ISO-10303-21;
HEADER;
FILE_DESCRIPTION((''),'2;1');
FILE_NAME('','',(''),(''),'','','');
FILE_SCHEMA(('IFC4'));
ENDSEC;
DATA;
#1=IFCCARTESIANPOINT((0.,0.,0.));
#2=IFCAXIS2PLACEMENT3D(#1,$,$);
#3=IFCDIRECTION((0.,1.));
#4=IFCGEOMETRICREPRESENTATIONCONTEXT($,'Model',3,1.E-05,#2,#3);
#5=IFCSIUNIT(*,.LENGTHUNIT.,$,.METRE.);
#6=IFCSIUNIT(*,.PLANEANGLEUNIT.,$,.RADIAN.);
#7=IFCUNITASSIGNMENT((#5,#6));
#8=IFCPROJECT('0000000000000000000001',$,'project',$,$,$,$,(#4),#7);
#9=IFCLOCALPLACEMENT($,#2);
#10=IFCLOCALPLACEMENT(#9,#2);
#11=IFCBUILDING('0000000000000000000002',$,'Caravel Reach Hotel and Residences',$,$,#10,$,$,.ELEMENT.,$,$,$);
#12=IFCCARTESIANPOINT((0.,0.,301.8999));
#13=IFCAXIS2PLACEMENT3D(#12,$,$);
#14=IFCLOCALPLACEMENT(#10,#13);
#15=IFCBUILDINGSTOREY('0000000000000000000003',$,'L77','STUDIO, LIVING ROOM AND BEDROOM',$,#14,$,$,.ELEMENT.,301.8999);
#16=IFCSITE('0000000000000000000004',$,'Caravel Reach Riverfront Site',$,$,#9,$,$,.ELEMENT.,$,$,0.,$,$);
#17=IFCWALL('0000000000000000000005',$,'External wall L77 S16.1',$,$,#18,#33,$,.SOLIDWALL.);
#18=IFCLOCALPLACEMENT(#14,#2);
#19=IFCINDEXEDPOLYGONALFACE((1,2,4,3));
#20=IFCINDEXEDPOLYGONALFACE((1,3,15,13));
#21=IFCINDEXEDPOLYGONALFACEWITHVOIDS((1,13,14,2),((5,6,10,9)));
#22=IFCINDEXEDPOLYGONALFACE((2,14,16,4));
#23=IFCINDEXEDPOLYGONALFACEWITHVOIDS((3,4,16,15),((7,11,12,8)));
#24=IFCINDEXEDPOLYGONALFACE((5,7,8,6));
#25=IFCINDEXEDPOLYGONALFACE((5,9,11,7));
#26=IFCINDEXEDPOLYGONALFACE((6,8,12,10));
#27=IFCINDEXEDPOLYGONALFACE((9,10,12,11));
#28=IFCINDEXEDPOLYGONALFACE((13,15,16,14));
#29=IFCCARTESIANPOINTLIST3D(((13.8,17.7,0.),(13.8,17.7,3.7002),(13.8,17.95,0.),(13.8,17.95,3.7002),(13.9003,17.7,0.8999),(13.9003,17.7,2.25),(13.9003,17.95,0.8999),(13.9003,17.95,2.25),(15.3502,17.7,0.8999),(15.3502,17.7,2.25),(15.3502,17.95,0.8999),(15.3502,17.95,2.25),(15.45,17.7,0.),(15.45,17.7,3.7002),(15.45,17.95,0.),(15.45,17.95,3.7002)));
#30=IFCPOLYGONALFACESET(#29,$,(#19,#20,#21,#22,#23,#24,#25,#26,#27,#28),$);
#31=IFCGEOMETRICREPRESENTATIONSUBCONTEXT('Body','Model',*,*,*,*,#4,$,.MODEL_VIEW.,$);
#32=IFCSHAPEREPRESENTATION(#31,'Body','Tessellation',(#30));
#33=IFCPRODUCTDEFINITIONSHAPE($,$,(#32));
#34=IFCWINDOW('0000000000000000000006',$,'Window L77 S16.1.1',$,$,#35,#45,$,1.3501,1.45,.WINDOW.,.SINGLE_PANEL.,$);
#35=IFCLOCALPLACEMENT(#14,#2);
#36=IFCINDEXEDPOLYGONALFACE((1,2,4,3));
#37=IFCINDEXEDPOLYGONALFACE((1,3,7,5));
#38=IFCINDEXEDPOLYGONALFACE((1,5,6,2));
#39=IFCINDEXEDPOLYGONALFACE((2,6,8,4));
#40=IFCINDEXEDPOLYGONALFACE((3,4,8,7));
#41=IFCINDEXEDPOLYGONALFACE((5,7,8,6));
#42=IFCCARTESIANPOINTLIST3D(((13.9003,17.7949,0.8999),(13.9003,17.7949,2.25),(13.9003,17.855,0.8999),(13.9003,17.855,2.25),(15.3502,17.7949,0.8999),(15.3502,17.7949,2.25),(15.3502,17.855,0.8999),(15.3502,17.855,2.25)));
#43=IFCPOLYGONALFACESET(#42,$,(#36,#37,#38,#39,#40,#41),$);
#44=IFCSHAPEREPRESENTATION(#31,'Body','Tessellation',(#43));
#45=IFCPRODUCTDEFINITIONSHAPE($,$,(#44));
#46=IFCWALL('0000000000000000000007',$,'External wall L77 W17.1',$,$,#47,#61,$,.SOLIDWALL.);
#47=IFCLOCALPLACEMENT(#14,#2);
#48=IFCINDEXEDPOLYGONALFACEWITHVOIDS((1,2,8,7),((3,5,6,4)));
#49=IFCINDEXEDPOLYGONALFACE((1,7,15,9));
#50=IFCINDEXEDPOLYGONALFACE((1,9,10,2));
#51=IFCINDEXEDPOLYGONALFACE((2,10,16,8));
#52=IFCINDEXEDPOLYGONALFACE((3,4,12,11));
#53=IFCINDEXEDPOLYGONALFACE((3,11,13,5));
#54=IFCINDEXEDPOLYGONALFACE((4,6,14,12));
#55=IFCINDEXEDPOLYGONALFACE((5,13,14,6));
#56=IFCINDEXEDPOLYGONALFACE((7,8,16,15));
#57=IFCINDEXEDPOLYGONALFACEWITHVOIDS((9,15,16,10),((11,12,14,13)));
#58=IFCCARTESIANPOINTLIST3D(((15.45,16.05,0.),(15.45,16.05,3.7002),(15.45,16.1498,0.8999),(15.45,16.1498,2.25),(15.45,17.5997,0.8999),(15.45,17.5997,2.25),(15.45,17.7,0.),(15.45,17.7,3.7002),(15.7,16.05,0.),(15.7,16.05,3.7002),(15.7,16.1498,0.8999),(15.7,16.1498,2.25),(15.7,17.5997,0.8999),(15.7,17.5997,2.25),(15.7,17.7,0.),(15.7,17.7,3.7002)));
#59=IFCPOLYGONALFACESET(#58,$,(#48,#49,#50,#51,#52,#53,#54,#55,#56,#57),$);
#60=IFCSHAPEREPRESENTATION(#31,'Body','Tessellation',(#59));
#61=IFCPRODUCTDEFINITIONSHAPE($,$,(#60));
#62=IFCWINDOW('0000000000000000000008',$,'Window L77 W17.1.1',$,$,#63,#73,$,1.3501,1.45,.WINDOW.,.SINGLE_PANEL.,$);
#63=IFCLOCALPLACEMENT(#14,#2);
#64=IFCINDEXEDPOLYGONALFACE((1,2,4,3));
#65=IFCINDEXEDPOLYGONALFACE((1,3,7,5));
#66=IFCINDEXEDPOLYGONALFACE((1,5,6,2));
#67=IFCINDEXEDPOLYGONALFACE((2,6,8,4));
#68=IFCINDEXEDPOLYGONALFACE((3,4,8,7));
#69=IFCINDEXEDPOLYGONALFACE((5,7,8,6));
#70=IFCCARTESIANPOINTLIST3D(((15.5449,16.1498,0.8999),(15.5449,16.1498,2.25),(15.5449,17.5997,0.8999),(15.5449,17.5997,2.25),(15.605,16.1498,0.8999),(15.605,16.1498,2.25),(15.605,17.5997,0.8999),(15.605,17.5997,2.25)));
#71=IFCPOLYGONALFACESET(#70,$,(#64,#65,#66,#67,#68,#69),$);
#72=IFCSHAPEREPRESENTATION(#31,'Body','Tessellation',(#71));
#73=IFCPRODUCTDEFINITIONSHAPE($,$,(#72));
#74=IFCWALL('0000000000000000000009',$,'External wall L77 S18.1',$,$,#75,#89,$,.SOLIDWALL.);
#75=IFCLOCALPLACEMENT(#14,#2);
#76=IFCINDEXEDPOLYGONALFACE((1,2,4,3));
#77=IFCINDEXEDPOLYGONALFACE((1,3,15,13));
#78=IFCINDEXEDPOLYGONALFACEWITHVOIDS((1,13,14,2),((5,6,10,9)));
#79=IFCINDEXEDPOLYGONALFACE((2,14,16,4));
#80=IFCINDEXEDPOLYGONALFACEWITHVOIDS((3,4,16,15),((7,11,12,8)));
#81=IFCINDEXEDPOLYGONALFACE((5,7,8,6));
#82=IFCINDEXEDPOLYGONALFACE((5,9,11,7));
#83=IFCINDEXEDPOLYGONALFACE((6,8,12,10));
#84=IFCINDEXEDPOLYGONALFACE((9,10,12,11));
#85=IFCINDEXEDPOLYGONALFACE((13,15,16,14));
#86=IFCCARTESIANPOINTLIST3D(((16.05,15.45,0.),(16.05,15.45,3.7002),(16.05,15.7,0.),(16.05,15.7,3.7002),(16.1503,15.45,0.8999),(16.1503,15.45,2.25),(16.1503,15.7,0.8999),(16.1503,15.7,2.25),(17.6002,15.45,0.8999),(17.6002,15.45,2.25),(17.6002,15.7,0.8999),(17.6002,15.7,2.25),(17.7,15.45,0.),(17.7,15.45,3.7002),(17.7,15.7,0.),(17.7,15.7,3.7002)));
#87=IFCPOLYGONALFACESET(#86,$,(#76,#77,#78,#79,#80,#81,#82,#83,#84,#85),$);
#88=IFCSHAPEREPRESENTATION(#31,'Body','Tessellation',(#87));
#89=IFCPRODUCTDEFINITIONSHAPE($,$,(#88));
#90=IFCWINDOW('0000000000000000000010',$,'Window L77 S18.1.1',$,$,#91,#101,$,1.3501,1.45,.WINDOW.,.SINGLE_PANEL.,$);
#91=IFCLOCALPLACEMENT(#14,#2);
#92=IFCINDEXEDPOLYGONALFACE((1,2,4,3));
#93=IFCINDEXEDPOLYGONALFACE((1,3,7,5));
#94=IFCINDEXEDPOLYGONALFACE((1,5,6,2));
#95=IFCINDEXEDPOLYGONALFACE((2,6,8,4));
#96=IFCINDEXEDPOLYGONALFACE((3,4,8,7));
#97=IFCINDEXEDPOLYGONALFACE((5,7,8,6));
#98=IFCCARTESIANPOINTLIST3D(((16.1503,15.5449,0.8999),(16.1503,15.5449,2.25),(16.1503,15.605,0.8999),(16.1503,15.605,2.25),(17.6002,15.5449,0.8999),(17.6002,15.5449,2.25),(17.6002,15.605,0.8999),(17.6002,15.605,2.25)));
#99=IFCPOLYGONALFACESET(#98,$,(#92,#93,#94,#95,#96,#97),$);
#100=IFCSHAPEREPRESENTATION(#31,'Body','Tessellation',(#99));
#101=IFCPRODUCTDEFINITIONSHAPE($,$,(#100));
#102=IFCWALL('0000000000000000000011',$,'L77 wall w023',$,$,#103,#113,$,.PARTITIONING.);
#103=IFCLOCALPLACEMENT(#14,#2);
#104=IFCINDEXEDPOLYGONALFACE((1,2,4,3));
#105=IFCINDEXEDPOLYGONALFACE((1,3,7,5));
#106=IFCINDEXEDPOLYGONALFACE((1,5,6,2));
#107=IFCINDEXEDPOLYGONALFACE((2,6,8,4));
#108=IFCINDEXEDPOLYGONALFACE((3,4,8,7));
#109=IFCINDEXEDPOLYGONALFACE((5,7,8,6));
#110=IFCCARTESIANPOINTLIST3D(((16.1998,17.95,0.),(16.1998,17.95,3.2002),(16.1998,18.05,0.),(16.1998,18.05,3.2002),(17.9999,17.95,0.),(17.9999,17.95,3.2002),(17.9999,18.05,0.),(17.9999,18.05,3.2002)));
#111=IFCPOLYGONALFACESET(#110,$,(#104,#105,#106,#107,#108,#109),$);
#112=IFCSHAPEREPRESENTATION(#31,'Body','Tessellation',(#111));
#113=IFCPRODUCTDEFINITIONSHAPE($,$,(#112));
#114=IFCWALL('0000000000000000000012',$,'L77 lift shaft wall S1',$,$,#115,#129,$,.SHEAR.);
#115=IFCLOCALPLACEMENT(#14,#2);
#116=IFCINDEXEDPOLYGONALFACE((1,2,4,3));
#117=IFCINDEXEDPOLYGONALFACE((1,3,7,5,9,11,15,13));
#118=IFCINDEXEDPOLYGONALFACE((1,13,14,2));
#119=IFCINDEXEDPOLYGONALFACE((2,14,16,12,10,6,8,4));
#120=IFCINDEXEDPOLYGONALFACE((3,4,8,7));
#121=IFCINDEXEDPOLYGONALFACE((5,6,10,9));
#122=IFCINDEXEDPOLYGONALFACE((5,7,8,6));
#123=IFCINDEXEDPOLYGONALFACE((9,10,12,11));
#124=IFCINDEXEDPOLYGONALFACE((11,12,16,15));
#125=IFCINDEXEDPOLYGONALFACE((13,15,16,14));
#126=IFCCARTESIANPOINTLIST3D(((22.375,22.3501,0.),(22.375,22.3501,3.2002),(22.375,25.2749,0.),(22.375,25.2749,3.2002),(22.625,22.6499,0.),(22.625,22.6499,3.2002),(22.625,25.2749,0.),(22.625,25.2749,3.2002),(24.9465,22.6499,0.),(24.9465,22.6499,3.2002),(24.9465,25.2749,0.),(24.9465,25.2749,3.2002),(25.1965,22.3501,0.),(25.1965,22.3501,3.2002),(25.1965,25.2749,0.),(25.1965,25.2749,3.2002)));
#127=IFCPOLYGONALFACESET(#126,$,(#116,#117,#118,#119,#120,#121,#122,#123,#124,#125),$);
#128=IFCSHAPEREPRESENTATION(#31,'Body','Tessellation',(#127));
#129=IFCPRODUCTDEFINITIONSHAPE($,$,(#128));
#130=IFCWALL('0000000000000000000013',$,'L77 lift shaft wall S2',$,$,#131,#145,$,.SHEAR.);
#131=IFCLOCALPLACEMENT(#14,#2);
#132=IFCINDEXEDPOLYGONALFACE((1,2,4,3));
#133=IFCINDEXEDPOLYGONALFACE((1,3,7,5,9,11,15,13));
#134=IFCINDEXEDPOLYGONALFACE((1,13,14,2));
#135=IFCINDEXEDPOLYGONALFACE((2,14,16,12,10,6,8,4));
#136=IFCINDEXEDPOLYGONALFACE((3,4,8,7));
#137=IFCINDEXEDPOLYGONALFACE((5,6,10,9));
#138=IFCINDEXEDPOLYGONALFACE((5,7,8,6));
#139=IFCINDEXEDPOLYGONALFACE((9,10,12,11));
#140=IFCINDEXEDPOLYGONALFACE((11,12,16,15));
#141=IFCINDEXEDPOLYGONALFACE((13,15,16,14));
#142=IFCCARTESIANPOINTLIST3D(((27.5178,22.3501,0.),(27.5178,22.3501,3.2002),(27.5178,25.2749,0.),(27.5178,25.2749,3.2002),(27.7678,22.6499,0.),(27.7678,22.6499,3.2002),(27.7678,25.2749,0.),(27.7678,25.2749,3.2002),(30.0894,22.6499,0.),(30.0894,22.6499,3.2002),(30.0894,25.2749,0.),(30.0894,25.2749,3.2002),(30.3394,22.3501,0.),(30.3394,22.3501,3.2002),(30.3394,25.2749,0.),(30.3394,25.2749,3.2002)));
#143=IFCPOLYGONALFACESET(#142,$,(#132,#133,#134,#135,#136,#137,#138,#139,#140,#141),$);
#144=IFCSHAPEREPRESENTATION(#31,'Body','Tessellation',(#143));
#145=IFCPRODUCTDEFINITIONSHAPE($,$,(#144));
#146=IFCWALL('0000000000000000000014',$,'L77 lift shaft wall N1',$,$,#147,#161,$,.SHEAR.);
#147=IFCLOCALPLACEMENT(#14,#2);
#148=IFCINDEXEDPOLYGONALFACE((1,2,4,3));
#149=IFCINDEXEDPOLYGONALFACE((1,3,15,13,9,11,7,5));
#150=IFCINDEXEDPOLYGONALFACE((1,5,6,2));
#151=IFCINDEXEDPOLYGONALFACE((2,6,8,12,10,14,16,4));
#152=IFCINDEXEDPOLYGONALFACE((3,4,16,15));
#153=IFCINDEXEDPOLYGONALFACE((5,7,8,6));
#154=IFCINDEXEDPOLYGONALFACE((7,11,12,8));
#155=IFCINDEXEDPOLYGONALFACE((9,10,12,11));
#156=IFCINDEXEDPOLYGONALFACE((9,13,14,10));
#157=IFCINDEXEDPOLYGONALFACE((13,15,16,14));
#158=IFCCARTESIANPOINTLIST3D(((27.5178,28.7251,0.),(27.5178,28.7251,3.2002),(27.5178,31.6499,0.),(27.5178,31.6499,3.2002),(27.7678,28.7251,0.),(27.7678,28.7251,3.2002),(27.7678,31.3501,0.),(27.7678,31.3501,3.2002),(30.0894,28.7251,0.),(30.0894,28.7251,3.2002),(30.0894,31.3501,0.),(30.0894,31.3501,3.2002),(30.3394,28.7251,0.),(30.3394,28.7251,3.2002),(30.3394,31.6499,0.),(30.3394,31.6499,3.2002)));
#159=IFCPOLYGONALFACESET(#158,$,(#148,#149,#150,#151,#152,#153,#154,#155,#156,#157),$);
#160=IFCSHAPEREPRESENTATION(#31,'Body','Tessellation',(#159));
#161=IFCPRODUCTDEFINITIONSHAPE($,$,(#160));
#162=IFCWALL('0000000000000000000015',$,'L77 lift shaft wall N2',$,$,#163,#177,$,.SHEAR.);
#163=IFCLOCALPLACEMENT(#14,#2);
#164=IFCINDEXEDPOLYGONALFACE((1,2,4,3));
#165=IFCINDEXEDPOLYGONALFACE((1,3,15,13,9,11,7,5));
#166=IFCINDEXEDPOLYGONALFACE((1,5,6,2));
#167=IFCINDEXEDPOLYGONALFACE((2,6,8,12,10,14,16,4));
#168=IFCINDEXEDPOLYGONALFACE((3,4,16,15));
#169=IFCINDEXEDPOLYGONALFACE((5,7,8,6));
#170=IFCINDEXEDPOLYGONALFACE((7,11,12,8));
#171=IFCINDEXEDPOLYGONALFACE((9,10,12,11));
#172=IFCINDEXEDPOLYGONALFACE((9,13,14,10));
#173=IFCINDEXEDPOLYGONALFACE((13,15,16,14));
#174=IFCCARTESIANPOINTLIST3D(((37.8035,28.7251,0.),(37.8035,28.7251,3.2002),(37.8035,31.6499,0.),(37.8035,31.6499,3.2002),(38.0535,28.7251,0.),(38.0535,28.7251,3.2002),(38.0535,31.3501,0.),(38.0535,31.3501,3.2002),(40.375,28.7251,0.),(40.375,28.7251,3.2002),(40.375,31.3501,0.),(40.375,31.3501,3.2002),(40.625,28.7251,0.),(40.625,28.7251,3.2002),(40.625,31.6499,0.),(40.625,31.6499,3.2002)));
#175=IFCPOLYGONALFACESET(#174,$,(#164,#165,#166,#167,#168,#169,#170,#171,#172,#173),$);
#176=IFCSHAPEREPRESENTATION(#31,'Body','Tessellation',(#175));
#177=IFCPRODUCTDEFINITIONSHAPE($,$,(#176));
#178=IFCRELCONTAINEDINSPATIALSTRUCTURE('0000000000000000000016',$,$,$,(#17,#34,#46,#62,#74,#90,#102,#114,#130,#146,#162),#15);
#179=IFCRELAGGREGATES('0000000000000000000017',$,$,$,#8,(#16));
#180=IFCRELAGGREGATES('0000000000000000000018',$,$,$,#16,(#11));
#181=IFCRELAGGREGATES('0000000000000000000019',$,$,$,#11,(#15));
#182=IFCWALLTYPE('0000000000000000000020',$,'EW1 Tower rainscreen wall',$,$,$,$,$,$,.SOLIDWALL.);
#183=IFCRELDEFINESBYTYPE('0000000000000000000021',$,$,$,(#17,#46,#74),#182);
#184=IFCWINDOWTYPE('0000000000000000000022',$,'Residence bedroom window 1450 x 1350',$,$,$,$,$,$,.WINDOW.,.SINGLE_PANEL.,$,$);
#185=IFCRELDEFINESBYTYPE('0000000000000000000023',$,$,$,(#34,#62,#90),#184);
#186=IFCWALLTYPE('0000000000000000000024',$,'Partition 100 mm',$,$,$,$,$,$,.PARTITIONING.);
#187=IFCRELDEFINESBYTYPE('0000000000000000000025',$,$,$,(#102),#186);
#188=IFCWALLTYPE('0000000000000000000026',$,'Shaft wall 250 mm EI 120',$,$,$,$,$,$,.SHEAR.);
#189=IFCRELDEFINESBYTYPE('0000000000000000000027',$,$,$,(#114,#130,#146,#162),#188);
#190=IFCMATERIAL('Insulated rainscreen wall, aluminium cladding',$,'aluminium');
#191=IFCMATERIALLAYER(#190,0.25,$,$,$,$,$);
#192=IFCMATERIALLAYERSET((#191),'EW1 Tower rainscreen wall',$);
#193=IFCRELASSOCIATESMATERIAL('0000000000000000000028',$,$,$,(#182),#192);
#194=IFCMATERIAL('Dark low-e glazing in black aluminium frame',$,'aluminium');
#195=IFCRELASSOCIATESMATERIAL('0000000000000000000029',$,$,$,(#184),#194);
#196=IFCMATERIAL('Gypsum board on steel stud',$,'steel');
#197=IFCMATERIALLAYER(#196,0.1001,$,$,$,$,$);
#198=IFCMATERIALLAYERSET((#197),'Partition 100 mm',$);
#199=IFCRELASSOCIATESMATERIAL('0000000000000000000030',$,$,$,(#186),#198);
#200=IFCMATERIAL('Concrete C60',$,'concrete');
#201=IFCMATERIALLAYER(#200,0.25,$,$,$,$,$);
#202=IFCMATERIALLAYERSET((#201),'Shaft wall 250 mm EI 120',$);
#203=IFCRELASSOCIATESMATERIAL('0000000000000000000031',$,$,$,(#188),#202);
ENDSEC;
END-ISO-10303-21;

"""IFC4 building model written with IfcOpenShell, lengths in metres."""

from ifc_helpers import new_model, si_unit, direction, frame, frame_2d, origin, place, context, subcontext, project, spatial, polyline, rectangle, outline, extrude, material, layer, layer_set, type_object, element, fill, save


model = new_model("IFC4")

# Units and contexts
model_context = context("Model", 3, precision=1e-05, world=origin(), true_north=direction((0.0, 1.0)))
body_context = subcontext(model_context, "Body", "Model", "MODEL_VIEW")
ifc_project = project(units=[si_unit("LENGTHUNIT", "METRE"), si_unit("PLANEANGLEUNIT", "RADIAN")], contexts=[model_context])

# Site, building, storey
site_placement = place(None, origin())
site = spatial("IfcSite", under=ifc_project, at=site_placement, Name="Caravel Reach Riverfront Site", CompositionType="ELEMENT", RefElevation=0.0)
building_placement = place(site_placement, origin())
building = spatial("IfcBuilding", under=site, at=building_placement, Name="Caravel Reach Hotel and Residences", CompositionType="ELEMENT")
storey_placement = place(building_placement, frame((0.0, 0.0, 301.8999)))
storey = spatial("IfcBuildingStorey", under=building, at=storey_placement, Name="L77", Description="STUDIO, LIVING ROOM AND BEDROOM", CompositionType="ELEMENT", Elevation=301.8999)

# Walls, openings, windows
ifc_material_1 = material(Name="Insulated rainscreen wall, aluminium cladding", Category="aluminium")
ifc_layer_1 = layer(ifc_material_1, 0.25)
ifc_layer_set_1 = layer_set([ifc_layer_1], Name="EW1 Tower rainscreen wall")
wall_type_1 = type_object("IfcWallType", Name="EW1 Tower rainscreen wall", PredefinedType="SOLIDWALL", material=ifc_layer_set_1)
wall_1_placement = place(storey_placement, frame((13.8, 17.825, 0.0), z_axis=(0.0, 0.0, 1.0), x_axis=(1.0, 0.0, 0.0)))
wall_1 = element("IfcWall", 1, at=wall_1_placement, inside=storey, type_object=wall_type_1, Name="External wall L77 S16.1", PredefinedType="SOLIDWALL", context=body_context, shape_type="SweptSolid", body=[
    extrude(rectangle(XDim=1.6499, YDim=0.25, at=frame_2d((0.825, 0.0))), origin(), (0.0, 0.0, 1.0), 3.7002),
])
opening_1_placement = place(wall_1_placement, frame((0.1001, 0.0, 0.8999)))
opening_1 = element("IfcOpeningElement", 2, at=opening_1_placement, cuts=wall_1, PredefinedType="OPENING", context=body_context, shape_type="SweptSolid", body=[
    extrude(rectangle(XDim=1.45, YDim=1.3501, at=frame_2d((0.7251, 0.675))), frame((0.0, 0.135, 0.0), z_axis=(0.0, -1.0, 0.0), x_axis=(1.0, 0.0, 0.0)), (0.0, 0.0, 1.0), 0.27),
])
ifc_material_2 = material(Name="Dark low-e glazing in black aluminium frame", Category="aluminium")
window_type = type_object("IfcWindowType", Name="Residence bedroom window 1450 x 1350", PartitioningType="SINGLE_PANEL", PredefinedType="WINDOW", material=ifc_material_2)
window_1_placement = place(opening_1_placement, origin())
window_1 = element("IfcWindow", 3, at=window_1_placement, inside=storey, type_object=window_type, Name="Window L77 S16.1.1", OverallHeight=1.3501, OverallWidth=1.45, PartitioningType="SINGLE_PANEL", PredefinedType="WINDOW", context=body_context, shape_type="SweptSolid", body=[
    extrude(rectangle(XDim=1.45, YDim=1.3501, at=frame_2d((0.7251, 0.675))), frame((0.0, 0.03, 0.0), z_axis=(0.0, -1.0, 0.0), x_axis=(1.0, 0.0, 0.0)), (0.0, 0.0, 1.0), 0.0601),
])
fill(opening_1, window_1)
wall_2_placement = place(storey_placement, frame((15.575, 17.7, 0.0), z_axis=(0.0, 0.0, 1.0), x_axis=(0.0, -1.0, 0.0)))
wall_2 = element("IfcWall", 4, at=wall_2_placement, inside=storey, type_object=wall_type_1, Name="External wall L77 W17.1", PredefinedType="SOLIDWALL", context=body_context, shape_type="SweptSolid", body=[
    extrude(rectangle(XDim=1.6499, YDim=0.25, at=frame_2d((0.825, 0.0))), origin(), (0.0, 0.0, 1.0), 3.7002),
])
opening_2_placement = place(wall_2_placement, frame((0.1001, 0.0, 0.8999)))
opening_2 = element("IfcOpeningElement", 5, at=opening_2_placement, cuts=wall_2, PredefinedType="OPENING", context=body_context, shape_type="SweptSolid", body=[
    extrude(rectangle(XDim=1.45, YDim=1.3501, at=frame_2d((0.7251, 0.675))), frame((0.0, 0.135, 0.0), z_axis=(0.0, -1.0, 0.0), x_axis=(1.0, 0.0, 0.0)), (0.0, 0.0, 1.0), 0.27),
])
window_2_placement = place(opening_2_placement, origin())
window_2 = element("IfcWindow", 6, at=window_2_placement, inside=storey, type_object=window_type, Name="Window L77 W17.1.1", OverallHeight=1.3501, OverallWidth=1.45, PartitioningType="SINGLE_PANEL", PredefinedType="WINDOW", context=body_context, shape_type="SweptSolid", body=[
    extrude(rectangle(XDim=1.45, YDim=1.3501, at=frame_2d((0.7251, 0.675))), frame((0.0, 0.03, 0.0), z_axis=(0.0, -1.0, 0.0), x_axis=(1.0, 0.0, 0.0)), (0.0, 0.0, 1.0), 0.0601),
])
fill(opening_2, window_2)
wall_3_placement = place(storey_placement, frame((16.05, 15.575, 0.0), z_axis=(0.0, 0.0, 1.0), x_axis=(1.0, 0.0, 0.0)))
wall_3 = element("IfcWall", 7, at=wall_3_placement, inside=storey, type_object=wall_type_1, Name="External wall L77 S18.1", PredefinedType="SOLIDWALL", context=body_context, shape_type="SweptSolid", body=[
    extrude(rectangle(XDim=1.6499, YDim=0.25, at=frame_2d((0.825, 0.0))), origin(), (0.0, 0.0, 1.0), 3.7002),
])
opening_3_placement = place(wall_3_placement, frame((0.1001, 0.0, 0.8999)))
opening_3 = element("IfcOpeningElement", 8, at=opening_3_placement, cuts=wall_3, PredefinedType="OPENING", context=body_context, shape_type="SweptSolid", body=[
    extrude(rectangle(XDim=1.45, YDim=1.3501, at=frame_2d((0.7251, 0.675))), frame((0.0, 0.135, 0.0), z_axis=(0.0, -1.0, 0.0), x_axis=(1.0, 0.0, 0.0)), (0.0, 0.0, 1.0), 0.27),
])
window_3_placement = place(opening_3_placement, origin())
window_3 = element("IfcWindow", 9, at=window_3_placement, inside=storey, type_object=window_type, Name="Window L77 S18.1.1", OverallHeight=1.3501, OverallWidth=1.45, PartitioningType="SINGLE_PANEL", PredefinedType="WINDOW", context=body_context, shape_type="SweptSolid", body=[
    extrude(rectangle(XDim=1.45, YDim=1.3501, at=frame_2d((0.7251, 0.675))), frame((0.0, 0.03, 0.0), z_axis=(0.0, -1.0, 0.0), x_axis=(1.0, 0.0, 0.0)), (0.0, 0.0, 1.0), 0.0601),
])
fill(opening_3, window_3)

# Walls
ifc_material_3 = material(Name="Gypsum board on steel stud", Category="steel")
ifc_layer_2 = layer(ifc_material_3, 0.1001)
ifc_layer_set_2 = layer_set([ifc_layer_2], Name="Partition 100 mm")
wall_type_2 = type_object("IfcWallType", Name="Partition 100 mm", PredefinedType="PARTITIONING", material=ifc_layer_set_2)
wall_4_placement = place(storey_placement, frame((16.2, 18.0, 0.0), z_axis=(0.0, 0.0, 1.0), x_axis=(1.0, 0.0, 0.0)))
element("IfcWall", 10, at=wall_4_placement, inside=storey, type_object=wall_type_2, Name="L77 wall w023", PredefinedType="PARTITIONING", context=body_context, shape_type="SweptSolid", body=[
    extrude(rectangle(XDim=1.8, YDim=0.1001, at=frame_2d((0.8999, 0.0))), origin(), (0.0, 0.0, 1.0), 3.2002),
])
ifc_material_4 = material(Name="Concrete C60", Category="concrete")
ifc_layer_3 = layer(ifc_material_4, 0.25)
ifc_layer_set_3 = layer_set([ifc_layer_3], Name="Shaft wall 250 mm EI 120")
wall_type_3 = type_object("IfcWallType", Name="Shaft wall 250 mm EI 120", PredefinedType="SHEAR", material=ifc_layer_set_3)
wall_5_placement = place(storey_placement, origin())
element("IfcWall", 11, at=wall_5_placement, inside=storey, type_object=wall_type_3, Name="L77 lift shaft wall S1", PredefinedType="SHEAR", context=body_context, shape_type="SweptSolid", body=[
    extrude(outline(polyline([(22.375, 22.3501), (25.1965, 22.3501), (25.1965, 25.2749), (24.9465, 25.2749), (24.9465, 22.6499), (22.625, 22.6499), (22.625, 25.2749), (22.375, 25.2749), (22.375, 22.3501)])), origin(), (0.0, 0.0, 1.0), 3.2002),
])
wall_6_placement = place(storey_placement, origin())
element("IfcWall", 12, at=wall_6_placement, inside=storey, type_object=wall_type_3, Name="L77 lift shaft wall S2", PredefinedType="SHEAR", context=body_context, shape_type="SweptSolid", body=[
    extrude(outline(polyline([(27.5178, 22.3501), (30.3394, 22.3501), (30.3394, 25.2749), (30.0894, 25.2749), (30.0894, 22.6499), (27.7678, 22.6499), (27.7678, 25.2749), (27.5178, 25.2749), (27.5178, 22.3501)])), origin(), (0.0, 0.0, 1.0), 3.2002),
])
wall_7_placement = place(storey_placement, origin())
element("IfcWall", 13, at=wall_7_placement, inside=storey, type_object=wall_type_3, Name="L77 lift shaft wall N1", PredefinedType="SHEAR", context=body_context, shape_type="SweptSolid", body=[
    extrude(outline(polyline([(27.5178, 28.7251), (27.7678, 28.7251), (27.7678, 31.3501), (30.0894, 31.3501), (30.0894, 28.7251), (30.3394, 28.7251), (30.3394, 31.6499), (27.5178, 31.6499), (27.5178, 28.7251)])), origin(), (0.0, 0.0, 1.0), 3.2002),
])
wall_8_placement = place(storey_placement, origin())
element("IfcWall", 14, at=wall_8_placement, inside=storey, type_object=wall_type_3, Name="L77 lift shaft wall N2", PredefinedType="SHEAR", context=body_context, shape_type="SweptSolid", body=[
    extrude(outline(polyline([(37.8035, 28.7251), (38.0535, 28.7251), (38.0535, 31.3501), (40.375, 31.3501), (40.375, 28.7251), (40.625, 28.7251), (40.625, 31.6499), (37.8035, 31.6499), (37.8035, 28.7251)])), origin(), (0.0, 0.0, 1.0), 3.2002),
])

save(model, "model.ifc")
